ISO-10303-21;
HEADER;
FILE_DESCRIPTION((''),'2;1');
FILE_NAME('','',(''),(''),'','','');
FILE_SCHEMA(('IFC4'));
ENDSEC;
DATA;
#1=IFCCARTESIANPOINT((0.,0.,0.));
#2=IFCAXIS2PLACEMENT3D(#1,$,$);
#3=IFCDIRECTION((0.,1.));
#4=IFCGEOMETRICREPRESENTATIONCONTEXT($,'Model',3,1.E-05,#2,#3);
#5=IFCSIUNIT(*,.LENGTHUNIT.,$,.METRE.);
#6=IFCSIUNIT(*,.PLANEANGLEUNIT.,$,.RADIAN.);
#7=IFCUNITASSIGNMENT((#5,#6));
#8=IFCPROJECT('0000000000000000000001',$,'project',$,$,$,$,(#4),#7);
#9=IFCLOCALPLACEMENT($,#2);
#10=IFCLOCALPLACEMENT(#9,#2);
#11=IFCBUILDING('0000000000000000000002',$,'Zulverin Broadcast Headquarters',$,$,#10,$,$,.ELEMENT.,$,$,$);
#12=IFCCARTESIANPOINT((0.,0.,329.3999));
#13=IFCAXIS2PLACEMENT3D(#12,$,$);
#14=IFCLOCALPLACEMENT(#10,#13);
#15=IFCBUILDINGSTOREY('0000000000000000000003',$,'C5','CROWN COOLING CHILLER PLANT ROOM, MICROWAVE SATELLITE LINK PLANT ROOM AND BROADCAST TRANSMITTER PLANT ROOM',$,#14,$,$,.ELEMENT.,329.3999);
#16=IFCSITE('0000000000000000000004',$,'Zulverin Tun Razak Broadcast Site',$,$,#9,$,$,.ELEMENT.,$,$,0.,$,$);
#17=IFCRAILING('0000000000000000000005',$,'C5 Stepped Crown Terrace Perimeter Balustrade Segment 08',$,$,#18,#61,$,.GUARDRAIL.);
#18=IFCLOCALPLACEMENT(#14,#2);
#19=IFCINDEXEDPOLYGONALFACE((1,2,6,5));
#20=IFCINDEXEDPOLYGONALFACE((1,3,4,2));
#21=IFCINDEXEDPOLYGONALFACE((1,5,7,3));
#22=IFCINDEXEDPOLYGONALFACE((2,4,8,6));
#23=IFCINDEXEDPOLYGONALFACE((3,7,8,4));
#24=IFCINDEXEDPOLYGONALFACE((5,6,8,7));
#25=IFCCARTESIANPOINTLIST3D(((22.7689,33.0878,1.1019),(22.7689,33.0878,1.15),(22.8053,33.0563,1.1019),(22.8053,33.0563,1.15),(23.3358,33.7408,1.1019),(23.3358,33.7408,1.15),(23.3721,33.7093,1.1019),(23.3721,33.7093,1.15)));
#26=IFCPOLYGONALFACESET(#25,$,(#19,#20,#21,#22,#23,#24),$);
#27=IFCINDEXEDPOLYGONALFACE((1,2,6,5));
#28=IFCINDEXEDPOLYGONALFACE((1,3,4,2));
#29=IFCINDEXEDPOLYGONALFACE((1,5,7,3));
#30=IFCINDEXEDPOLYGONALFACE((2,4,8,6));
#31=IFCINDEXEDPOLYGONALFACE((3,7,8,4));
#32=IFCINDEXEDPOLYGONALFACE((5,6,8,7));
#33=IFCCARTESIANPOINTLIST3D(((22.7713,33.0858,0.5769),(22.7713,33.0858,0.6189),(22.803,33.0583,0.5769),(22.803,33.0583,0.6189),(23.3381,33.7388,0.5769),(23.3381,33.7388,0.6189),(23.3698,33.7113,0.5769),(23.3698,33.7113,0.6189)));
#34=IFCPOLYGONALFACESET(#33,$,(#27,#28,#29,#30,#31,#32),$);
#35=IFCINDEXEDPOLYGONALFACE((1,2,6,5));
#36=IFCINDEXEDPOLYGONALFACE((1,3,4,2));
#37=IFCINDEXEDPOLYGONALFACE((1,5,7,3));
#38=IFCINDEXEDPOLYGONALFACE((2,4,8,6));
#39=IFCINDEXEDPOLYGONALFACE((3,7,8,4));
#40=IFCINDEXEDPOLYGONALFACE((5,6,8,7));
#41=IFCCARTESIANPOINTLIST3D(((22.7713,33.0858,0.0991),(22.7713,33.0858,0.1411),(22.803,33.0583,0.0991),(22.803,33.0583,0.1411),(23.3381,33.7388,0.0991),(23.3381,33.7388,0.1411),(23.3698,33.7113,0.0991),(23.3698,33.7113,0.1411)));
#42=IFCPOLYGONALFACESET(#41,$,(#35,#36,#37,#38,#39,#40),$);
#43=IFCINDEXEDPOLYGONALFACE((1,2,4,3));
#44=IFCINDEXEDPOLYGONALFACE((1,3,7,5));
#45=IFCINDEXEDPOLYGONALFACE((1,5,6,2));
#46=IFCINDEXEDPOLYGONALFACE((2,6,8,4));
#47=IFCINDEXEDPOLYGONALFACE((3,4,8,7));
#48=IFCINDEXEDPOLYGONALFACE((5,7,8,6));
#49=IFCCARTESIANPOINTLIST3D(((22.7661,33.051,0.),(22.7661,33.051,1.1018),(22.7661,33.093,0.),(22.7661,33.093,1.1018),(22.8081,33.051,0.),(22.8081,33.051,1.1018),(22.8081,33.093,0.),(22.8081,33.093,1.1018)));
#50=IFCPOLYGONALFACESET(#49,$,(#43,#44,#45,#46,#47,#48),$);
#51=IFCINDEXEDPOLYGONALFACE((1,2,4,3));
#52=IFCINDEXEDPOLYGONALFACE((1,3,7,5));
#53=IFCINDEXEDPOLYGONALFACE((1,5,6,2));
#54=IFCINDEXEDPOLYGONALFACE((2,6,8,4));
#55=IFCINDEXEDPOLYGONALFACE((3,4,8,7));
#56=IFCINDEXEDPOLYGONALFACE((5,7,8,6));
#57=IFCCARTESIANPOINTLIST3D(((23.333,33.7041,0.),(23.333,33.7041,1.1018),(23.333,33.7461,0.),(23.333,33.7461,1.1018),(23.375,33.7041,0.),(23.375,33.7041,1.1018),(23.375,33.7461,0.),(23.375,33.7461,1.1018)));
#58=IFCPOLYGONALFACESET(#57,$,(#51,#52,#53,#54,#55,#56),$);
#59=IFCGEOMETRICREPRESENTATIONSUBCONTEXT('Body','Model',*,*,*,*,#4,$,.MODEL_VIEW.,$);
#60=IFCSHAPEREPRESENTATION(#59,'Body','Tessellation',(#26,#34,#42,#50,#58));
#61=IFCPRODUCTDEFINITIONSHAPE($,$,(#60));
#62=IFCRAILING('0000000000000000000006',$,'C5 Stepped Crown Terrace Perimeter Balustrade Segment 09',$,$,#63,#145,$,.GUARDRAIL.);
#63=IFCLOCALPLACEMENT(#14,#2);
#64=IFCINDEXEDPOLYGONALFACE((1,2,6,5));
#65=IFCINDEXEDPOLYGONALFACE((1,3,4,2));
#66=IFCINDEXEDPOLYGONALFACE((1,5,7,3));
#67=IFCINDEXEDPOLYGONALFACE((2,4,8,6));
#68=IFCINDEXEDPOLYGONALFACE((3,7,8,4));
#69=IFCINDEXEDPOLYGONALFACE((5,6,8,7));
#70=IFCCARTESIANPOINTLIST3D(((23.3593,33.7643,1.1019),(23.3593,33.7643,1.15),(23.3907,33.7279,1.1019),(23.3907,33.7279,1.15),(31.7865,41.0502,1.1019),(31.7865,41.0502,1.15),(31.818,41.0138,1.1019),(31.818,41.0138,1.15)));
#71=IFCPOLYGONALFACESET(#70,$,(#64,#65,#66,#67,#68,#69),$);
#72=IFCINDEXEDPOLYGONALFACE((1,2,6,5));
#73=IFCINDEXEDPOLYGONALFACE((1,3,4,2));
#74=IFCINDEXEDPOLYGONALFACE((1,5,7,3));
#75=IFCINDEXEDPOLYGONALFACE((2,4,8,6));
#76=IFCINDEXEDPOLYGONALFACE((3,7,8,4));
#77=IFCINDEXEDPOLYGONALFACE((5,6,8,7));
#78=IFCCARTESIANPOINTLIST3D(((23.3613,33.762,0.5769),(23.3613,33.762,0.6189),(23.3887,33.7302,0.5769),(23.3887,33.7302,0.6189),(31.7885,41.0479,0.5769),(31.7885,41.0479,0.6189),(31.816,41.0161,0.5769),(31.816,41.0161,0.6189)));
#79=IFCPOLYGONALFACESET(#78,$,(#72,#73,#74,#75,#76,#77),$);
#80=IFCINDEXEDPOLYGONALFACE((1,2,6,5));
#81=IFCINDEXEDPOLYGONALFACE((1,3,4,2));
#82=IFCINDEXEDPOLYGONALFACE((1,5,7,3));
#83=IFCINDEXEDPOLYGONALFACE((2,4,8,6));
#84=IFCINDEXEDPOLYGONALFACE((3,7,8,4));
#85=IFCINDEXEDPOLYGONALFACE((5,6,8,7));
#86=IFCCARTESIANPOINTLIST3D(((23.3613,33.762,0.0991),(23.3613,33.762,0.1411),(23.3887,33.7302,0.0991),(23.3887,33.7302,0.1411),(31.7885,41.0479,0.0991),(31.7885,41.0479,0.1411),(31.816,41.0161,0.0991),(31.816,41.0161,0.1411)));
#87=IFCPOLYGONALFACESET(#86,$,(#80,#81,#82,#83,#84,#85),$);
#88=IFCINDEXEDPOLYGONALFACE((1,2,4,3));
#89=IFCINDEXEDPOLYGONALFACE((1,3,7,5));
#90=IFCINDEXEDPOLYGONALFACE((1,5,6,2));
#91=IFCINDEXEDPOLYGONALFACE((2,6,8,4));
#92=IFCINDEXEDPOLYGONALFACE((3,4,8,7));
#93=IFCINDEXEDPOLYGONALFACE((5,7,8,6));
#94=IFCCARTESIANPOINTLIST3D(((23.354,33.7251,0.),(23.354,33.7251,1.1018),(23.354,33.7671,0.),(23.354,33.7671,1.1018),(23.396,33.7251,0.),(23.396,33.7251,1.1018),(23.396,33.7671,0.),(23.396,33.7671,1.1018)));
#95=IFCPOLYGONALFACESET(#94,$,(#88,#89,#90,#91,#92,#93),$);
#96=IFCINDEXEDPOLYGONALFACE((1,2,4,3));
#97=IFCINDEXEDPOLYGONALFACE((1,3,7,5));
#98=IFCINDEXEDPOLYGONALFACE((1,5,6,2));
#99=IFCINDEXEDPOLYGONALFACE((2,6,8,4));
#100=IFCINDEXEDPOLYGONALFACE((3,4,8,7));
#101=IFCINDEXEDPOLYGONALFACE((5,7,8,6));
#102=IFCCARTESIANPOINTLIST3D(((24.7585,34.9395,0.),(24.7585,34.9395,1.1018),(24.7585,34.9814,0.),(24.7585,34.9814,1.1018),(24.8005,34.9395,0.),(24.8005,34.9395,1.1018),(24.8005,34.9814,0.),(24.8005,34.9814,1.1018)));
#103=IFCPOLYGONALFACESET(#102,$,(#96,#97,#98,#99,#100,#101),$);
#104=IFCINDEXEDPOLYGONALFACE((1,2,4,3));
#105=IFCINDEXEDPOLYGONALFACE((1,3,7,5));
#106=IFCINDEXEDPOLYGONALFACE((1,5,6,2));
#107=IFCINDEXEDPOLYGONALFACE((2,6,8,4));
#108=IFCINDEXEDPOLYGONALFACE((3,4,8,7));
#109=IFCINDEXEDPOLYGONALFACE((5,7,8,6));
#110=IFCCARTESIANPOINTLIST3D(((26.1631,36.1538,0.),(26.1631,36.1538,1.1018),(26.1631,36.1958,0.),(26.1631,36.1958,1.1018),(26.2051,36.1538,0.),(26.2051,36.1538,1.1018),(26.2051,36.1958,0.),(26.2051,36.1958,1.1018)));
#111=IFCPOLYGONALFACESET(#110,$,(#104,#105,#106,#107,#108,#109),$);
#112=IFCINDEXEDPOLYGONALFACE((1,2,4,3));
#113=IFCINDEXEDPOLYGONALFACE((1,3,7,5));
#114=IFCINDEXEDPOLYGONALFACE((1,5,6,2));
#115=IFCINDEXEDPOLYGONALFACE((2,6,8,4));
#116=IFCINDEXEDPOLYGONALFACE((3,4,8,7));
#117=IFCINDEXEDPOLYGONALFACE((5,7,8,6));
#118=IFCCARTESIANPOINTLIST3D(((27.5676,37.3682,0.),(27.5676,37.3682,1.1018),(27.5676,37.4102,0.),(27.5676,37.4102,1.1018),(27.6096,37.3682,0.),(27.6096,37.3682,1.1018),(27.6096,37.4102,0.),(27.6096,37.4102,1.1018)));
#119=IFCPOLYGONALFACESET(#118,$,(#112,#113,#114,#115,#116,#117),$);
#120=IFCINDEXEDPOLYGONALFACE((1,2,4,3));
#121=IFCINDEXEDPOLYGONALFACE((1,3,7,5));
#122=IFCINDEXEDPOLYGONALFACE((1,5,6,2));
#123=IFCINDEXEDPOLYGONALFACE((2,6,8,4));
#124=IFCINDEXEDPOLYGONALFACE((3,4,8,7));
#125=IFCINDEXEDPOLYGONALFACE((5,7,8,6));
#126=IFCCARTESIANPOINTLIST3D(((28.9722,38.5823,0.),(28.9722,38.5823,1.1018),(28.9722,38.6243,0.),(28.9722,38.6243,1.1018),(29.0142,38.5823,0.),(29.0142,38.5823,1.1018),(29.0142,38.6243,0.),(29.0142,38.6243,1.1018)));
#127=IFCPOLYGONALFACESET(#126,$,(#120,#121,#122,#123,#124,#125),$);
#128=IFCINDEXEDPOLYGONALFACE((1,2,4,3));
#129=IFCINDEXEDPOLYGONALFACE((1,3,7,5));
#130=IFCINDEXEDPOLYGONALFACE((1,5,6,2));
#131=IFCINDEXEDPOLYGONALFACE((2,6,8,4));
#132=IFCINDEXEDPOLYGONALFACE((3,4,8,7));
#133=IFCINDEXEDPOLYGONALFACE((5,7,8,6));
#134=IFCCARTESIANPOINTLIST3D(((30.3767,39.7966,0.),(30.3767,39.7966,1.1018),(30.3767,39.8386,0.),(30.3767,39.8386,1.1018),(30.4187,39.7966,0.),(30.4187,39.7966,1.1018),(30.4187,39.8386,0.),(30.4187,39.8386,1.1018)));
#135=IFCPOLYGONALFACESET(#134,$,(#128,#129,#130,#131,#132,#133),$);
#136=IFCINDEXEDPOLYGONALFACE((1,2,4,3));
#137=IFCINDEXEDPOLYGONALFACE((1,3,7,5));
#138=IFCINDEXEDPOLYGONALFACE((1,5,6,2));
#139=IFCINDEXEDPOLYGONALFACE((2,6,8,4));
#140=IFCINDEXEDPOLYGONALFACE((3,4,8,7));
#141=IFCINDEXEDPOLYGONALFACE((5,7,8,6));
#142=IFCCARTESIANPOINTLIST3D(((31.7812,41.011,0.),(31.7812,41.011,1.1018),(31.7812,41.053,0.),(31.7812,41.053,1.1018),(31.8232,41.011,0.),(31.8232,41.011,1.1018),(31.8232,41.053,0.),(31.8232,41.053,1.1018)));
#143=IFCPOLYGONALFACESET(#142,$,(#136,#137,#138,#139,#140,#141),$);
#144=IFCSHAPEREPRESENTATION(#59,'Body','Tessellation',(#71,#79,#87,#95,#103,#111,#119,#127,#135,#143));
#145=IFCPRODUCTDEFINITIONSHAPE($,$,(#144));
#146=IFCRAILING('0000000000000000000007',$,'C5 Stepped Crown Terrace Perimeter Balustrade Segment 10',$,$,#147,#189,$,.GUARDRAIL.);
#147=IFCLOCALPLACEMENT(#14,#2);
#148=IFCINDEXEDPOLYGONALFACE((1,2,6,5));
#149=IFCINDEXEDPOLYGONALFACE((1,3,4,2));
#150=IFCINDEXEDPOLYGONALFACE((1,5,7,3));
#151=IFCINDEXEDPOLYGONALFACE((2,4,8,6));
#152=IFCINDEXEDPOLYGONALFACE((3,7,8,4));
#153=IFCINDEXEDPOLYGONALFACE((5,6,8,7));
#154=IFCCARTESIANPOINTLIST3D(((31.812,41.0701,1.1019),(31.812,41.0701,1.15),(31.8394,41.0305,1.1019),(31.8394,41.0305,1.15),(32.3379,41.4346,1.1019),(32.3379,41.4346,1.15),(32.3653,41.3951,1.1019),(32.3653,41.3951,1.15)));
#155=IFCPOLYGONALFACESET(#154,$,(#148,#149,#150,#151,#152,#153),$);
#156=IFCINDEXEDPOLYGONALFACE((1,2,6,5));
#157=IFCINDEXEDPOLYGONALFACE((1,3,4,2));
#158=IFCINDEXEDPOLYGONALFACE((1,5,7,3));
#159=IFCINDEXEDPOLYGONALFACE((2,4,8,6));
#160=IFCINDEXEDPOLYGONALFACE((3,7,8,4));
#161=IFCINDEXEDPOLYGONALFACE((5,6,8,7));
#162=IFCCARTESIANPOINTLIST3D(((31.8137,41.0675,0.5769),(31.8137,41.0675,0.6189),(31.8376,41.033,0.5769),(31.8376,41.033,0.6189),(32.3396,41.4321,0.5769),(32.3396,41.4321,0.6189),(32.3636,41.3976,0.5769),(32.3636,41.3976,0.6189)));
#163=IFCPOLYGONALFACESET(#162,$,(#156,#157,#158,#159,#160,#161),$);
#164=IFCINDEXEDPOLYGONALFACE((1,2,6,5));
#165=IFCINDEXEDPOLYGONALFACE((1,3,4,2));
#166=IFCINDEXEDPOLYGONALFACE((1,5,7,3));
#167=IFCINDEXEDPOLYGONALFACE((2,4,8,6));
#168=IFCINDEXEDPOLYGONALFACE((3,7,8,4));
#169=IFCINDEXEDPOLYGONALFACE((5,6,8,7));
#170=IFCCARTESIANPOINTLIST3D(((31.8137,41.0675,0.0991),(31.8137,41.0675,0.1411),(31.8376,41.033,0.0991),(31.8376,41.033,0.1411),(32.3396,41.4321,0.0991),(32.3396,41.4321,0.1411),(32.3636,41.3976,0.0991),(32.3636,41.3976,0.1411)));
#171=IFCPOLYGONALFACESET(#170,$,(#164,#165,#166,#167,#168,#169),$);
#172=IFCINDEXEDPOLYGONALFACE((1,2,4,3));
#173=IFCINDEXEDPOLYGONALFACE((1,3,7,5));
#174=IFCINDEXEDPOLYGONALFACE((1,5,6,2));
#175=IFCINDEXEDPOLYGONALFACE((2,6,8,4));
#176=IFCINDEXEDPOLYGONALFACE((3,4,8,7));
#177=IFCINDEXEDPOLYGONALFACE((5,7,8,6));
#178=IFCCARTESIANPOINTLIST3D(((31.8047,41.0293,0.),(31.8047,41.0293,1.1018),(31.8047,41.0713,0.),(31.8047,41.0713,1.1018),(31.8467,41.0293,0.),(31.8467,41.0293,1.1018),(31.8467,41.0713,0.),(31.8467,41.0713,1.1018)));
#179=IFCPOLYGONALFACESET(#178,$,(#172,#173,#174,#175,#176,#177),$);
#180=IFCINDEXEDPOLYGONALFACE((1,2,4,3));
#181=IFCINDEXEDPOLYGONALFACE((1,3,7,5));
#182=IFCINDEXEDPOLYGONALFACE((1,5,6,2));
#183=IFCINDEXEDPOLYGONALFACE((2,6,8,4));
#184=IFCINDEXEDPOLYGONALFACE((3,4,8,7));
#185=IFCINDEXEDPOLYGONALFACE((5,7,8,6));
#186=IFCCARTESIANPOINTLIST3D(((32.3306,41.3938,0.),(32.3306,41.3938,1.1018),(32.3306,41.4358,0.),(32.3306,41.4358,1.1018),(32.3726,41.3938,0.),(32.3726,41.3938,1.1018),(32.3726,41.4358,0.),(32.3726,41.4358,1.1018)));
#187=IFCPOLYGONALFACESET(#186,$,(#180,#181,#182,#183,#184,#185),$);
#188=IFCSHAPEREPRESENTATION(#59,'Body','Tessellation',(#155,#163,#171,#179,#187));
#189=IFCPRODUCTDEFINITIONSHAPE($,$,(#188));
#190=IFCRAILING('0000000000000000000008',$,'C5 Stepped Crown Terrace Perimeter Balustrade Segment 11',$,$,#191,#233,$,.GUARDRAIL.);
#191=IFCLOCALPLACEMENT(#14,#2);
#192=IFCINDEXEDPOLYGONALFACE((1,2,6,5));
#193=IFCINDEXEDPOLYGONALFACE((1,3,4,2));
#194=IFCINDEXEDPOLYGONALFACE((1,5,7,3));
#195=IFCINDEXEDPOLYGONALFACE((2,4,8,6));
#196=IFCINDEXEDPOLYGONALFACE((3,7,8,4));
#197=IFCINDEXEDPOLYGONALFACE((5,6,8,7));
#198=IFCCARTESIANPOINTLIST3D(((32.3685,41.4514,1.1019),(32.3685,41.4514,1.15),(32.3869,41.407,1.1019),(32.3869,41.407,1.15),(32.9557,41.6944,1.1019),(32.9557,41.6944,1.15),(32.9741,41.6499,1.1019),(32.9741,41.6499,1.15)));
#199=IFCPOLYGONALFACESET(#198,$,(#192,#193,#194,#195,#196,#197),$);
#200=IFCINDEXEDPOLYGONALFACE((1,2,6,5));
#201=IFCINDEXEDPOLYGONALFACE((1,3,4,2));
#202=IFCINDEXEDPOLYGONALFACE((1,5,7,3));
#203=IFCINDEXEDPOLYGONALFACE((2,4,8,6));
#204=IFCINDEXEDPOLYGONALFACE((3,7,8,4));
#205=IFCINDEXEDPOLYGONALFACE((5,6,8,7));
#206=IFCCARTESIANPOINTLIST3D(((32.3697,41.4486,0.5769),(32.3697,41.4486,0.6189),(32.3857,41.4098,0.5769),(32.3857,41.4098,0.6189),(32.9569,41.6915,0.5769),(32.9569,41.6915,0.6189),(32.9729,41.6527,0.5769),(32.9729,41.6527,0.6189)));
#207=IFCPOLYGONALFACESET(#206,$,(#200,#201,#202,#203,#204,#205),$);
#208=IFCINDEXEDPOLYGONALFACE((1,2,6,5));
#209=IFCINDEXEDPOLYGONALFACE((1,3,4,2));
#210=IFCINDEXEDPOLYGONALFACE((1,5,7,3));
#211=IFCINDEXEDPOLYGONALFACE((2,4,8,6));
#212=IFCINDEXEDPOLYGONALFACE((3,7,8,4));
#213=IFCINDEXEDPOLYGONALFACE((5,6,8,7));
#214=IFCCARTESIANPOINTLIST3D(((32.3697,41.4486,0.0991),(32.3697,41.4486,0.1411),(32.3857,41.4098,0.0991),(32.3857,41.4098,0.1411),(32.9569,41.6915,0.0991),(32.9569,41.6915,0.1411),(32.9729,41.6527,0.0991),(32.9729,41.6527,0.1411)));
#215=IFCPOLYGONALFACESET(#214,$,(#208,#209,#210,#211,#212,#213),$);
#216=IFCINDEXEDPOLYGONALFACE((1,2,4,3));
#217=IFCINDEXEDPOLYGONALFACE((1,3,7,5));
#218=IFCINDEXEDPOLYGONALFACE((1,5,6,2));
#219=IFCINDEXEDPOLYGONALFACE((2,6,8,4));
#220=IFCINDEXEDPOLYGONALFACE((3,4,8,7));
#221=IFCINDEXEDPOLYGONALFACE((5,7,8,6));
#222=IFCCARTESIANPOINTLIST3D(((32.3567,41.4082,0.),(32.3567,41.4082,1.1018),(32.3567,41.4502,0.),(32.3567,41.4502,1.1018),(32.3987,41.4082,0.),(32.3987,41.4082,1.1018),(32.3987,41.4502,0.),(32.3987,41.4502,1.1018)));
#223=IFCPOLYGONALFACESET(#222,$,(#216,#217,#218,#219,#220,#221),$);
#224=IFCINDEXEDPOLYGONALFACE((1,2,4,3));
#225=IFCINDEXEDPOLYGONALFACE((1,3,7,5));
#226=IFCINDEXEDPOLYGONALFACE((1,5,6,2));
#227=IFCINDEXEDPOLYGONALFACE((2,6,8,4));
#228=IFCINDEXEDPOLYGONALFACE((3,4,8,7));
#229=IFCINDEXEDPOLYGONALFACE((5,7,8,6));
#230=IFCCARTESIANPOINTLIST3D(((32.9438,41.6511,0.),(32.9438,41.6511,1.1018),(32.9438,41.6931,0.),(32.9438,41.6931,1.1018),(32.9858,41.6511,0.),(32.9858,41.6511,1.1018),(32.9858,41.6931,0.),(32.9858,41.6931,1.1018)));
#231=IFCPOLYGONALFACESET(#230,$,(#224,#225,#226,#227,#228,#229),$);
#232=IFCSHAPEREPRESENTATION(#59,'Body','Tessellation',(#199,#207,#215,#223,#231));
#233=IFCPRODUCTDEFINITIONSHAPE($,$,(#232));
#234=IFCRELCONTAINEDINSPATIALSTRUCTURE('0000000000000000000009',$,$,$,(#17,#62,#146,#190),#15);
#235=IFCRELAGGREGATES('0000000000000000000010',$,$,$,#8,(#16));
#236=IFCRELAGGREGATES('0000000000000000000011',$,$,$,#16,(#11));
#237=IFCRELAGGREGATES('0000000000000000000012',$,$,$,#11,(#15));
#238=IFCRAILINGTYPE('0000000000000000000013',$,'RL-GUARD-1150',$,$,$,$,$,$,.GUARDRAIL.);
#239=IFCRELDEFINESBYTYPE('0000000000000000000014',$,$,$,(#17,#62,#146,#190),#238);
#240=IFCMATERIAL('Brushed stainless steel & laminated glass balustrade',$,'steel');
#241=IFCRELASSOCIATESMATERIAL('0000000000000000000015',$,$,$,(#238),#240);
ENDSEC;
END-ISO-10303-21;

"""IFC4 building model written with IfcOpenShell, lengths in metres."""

from ifc_helpers import new_model, si_unit, direction, frame, origin, origin_2d, place, context, subcontext, project, spatial, rectangle, extrude, material, type_object, element, save


model = new_model("IFC4")

# Units and contexts
model_context = context("Model", 3, precision=1e-05, world=origin(), true_north=direction((0.0, 1.0)))
body_context = subcontext(model_context, "Body", "Model", "MODEL_VIEW")
ifc_project = project(units=[si_unit("LENGTHUNIT", "METRE"), si_unit("PLANEANGLEUNIT", "RADIAN")], contexts=[model_context])

# Site, building, storey
site_placement = place(None, origin())
site = spatial("IfcSite", under=ifc_project, at=site_placement, Name="Zulverin Tun Razak Broadcast Site", CompositionType="ELEMENT", RefElevation=0.0)
building_placement = place(site_placement, origin())
building = spatial("IfcBuilding", under=site, at=building_placement, Name="Zulverin Broadcast Headquarters", CompositionType="ELEMENT")
storey_placement = place(building_placement, frame((0.0, 0.0, 329.3999)))
storey = spatial("IfcBuildingStorey", under=building, at=storey_placement, Name="C5", Description="CROWN COOLING CHILLER PLANT ROOM, MICROWAVE SATELLITE LINK PLANT ROOM AND BROADCAST TRANSMITTER PLANT ROOM", CompositionType="ELEMENT", Elevation=329.3999)

# Railings
ifc_material_1 = material(Name="Brushed stainless steel & laminated glass balustrade", Category="steel")
railing_type = type_object("IfcRailingType", Name="RL-GUARD-1150", PredefinedType="GUARDRAIL", material=ifc_material_1)
railing_1_placement = place(storey_placement, frame((22.7871, 33.072, 0.0)))
element("IfcRailing", 1, at=railing_1_placement, inside=storey, type_object=railing_type, Name="C5 Stepped Crown Terrace Perimeter Balustrade Segment 08", PredefinedType="GUARDRAIL", context=body_context, shape_type="SweptSolid", body=[
    extrude(rectangle(XDim=0.0481, YDim=0.0481, at=origin_2d()), frame((0.0, 0.0, 1.126), z_axis=(0.655521, 0.755177, 0.0), x_axis=(-0.755177, 0.655521, 0.0)), (0.0, 0.0, 1.0), 0.8647),
    extrude(rectangle(XDim=0.042, YDim=0.042, at=origin_2d()), frame((0.0, 0.0, 0.5979), z_axis=(0.655521, 0.755177, 0.0), x_axis=(-0.755177, 0.655521, 0.0)), (0.0, 0.0, 1.0), 0.8647),
    extrude(rectangle(XDim=0.042, YDim=0.042, at=origin_2d()), frame((0.0, 0.0, 0.1201), z_axis=(0.655521, 0.755177, 0.0), x_axis=(-0.755177, 0.655521, 0.0)), (0.0, 0.0, 1.0), 0.8647),
    extrude(rectangle(XDim=0.042, YDim=0.042, at=origin_2d()), origin(), (0.0, 0.0, 1.0), 1.1018),
    extrude(rectangle(XDim=0.042, YDim=0.042, at=origin_2d()), frame((0.5669, 0.6531, 0.0)), (0.0, 0.0, 1.0), 1.1018),
])
railing_2_placement = place(storey_placement, frame((23.375, 33.7461, 0.0)))
element("IfcRailing", 2, at=railing_2_placement, inside=storey, type_object=railing_type, Name="C5 Stepped Crown Terrace Perimeter Balustrade Segment 09", PredefinedType="GUARDRAIL", context=body_context, shape_type="SweptSolid", body=[
    extrude(rectangle(XDim=0.0481, YDim=0.0481, at=origin_2d()), frame((0.0, 0.0, 1.126), z_axis=(0.756476, 0.654021, 0.0), x_axis=(-0.654021, 0.756476, 0.0)), (0.0, 0.0, 1.0), 11.1401),
    extrude(rectangle(XDim=0.042, YDim=0.042, at=origin_2d()), frame((0.0, 0.0, 0.5979), z_axis=(0.756476, 0.654021, 0.0), x_axis=(-0.654021, 0.756476, 0.0)), (0.0, 0.0, 1.0), 11.1401),
    extrude(rectangle(XDim=0.042, YDim=0.042, at=origin_2d()), frame((0.0, 0.0, 0.1201), z_axis=(0.756476, 0.654021, 0.0), x_axis=(-0.654021, 0.756476, 0.0)), (0.0, 0.0, 1.0), 11.1401),
    extrude(rectangle(XDim=0.042, YDim=0.042, at=origin_2d()), origin(), (0.0, 0.0, 1.0), 1.1018),
    extrude(rectangle(XDim=0.042, YDim=0.042, at=origin_2d()), frame((1.4045, 1.2144, 0.0)), (0.0, 0.0, 1.0), 1.1018),
    extrude(rectangle(XDim=0.042, YDim=0.042, at=origin_2d()), frame((2.8091, 2.4287, 0.0)), (0.0, 0.0, 1.0), 1.1018),
    extrude(rectangle(XDim=0.042, YDim=0.042, at=origin_2d()), frame((4.2136, 3.6431, 0.0)), (0.0, 0.0, 1.0), 1.1018),
    extrude(rectangle(XDim=0.042, YDim=0.042, at=origin_2d()), frame((5.6182, 4.8572, 0.0)), (0.0, 0.0, 1.0), 1.1018),
    extrude(rectangle(XDim=0.042, YDim=0.042, at=origin_2d()), frame((7.0227, 6.0715, 0.0)), (0.0, 0.0, 1.0), 1.1018),
    extrude(rectangle(XDim=0.042, YDim=0.042, at=origin_2d()), frame((8.4272, 7.2859, 0.0)), (0.0, 0.0, 1.0), 1.1018),
])
railing_3_placement = place(storey_placement, frame((31.8257, 41.0503, 0.0)))
element("IfcRailing", 3, at=railing_3_placement, inside=storey, type_object=railing_type, Name="C5 Stepped Crown Terrace Perimeter Balustrade Segment 10", PredefinedType="GUARDRAIL", context=body_context, shape_type="SweptSolid", body=[
    extrude(rectangle(XDim=0.0481, YDim=0.0481, at=origin_2d()), frame((0.0, 0.0, 1.126), z_axis=(0.821876, 0.569666, 0.0), x_axis=(-0.569666, 0.821876, 0.0)), (0.0, 0.0, 1.0), 0.6399),
    extrude(rectangle(XDim=0.042, YDim=0.042, at=origin_2d()), frame((0.0, 0.0, 0.5979), z_axis=(0.821876, 0.569666, 0.0), x_axis=(-0.569666, 0.821876, 0.0)), (0.0, 0.0, 1.0), 0.6399),
    extrude(rectangle(XDim=0.042, YDim=0.042, at=origin_2d()), frame((0.0, 0.0, 0.1201), z_axis=(0.821876, 0.569666, 0.0), x_axis=(-0.569666, 0.821876, 0.0)), (0.0, 0.0, 1.0), 0.6399),
    extrude(rectangle(XDim=0.042, YDim=0.042, at=origin_2d()), origin(), (0.0, 0.0, 1.0), 1.1018),
    extrude(rectangle(XDim=0.042, YDim=0.042, at=origin_2d()), frame((0.5259, 0.3645, 0.0)), (0.0, 0.0, 1.0), 1.1018),
])
railing_4_placement = place(storey_placement, frame((32.3777, 41.4292, 0.0)))
element("IfcRailing", 4, at=railing_4_placement, inside=storey, type_object=railing_type, Name="C5 Stepped Crown Terrace Perimeter Balustrade Segment 11", PredefinedType="GUARDRAIL", context=body_context, shape_type="SweptSolid", body=[
    extrude(rectangle(XDim=0.0481, YDim=0.0481, at=origin_2d()), frame((0.0, 0.0, 1.126), z_axis=(0.92404, 0.382295, 0.0), x_axis=(-0.382295, 0.92404, 0.0)), (0.0, 0.0, 1.0), 0.6355),
    extrude(rectangle(XDim=0.042, YDim=0.042, at=origin_2d()), frame((0.0, 0.0, 0.5979), z_axis=(0.92404, 0.382295, 0.0), x_axis=(-0.382295, 0.92404, 0.0)), (0.0, 0.0, 1.0), 0.6355),
    extrude(rectangle(XDim=0.042, YDim=0.042, at=origin_2d()), frame((0.0, 0.0, 0.1201), z_axis=(0.92404, 0.382295, 0.0), x_axis=(-0.382295, 0.92404, 0.0)), (0.0, 0.0, 1.0), 0.6355),
    extrude(rectangle(XDim=0.042, YDim=0.042, at=origin_2d()), origin(), (0.0, 0.0, 1.0), 1.1018),
    extrude(rectangle(XDim=0.042, YDim=0.042, at=origin_2d()), frame((0.5872, 0.2429, 0.0)), (0.0, 0.0, 1.0), 1.1018),
])

save(model, "model.ifc")
